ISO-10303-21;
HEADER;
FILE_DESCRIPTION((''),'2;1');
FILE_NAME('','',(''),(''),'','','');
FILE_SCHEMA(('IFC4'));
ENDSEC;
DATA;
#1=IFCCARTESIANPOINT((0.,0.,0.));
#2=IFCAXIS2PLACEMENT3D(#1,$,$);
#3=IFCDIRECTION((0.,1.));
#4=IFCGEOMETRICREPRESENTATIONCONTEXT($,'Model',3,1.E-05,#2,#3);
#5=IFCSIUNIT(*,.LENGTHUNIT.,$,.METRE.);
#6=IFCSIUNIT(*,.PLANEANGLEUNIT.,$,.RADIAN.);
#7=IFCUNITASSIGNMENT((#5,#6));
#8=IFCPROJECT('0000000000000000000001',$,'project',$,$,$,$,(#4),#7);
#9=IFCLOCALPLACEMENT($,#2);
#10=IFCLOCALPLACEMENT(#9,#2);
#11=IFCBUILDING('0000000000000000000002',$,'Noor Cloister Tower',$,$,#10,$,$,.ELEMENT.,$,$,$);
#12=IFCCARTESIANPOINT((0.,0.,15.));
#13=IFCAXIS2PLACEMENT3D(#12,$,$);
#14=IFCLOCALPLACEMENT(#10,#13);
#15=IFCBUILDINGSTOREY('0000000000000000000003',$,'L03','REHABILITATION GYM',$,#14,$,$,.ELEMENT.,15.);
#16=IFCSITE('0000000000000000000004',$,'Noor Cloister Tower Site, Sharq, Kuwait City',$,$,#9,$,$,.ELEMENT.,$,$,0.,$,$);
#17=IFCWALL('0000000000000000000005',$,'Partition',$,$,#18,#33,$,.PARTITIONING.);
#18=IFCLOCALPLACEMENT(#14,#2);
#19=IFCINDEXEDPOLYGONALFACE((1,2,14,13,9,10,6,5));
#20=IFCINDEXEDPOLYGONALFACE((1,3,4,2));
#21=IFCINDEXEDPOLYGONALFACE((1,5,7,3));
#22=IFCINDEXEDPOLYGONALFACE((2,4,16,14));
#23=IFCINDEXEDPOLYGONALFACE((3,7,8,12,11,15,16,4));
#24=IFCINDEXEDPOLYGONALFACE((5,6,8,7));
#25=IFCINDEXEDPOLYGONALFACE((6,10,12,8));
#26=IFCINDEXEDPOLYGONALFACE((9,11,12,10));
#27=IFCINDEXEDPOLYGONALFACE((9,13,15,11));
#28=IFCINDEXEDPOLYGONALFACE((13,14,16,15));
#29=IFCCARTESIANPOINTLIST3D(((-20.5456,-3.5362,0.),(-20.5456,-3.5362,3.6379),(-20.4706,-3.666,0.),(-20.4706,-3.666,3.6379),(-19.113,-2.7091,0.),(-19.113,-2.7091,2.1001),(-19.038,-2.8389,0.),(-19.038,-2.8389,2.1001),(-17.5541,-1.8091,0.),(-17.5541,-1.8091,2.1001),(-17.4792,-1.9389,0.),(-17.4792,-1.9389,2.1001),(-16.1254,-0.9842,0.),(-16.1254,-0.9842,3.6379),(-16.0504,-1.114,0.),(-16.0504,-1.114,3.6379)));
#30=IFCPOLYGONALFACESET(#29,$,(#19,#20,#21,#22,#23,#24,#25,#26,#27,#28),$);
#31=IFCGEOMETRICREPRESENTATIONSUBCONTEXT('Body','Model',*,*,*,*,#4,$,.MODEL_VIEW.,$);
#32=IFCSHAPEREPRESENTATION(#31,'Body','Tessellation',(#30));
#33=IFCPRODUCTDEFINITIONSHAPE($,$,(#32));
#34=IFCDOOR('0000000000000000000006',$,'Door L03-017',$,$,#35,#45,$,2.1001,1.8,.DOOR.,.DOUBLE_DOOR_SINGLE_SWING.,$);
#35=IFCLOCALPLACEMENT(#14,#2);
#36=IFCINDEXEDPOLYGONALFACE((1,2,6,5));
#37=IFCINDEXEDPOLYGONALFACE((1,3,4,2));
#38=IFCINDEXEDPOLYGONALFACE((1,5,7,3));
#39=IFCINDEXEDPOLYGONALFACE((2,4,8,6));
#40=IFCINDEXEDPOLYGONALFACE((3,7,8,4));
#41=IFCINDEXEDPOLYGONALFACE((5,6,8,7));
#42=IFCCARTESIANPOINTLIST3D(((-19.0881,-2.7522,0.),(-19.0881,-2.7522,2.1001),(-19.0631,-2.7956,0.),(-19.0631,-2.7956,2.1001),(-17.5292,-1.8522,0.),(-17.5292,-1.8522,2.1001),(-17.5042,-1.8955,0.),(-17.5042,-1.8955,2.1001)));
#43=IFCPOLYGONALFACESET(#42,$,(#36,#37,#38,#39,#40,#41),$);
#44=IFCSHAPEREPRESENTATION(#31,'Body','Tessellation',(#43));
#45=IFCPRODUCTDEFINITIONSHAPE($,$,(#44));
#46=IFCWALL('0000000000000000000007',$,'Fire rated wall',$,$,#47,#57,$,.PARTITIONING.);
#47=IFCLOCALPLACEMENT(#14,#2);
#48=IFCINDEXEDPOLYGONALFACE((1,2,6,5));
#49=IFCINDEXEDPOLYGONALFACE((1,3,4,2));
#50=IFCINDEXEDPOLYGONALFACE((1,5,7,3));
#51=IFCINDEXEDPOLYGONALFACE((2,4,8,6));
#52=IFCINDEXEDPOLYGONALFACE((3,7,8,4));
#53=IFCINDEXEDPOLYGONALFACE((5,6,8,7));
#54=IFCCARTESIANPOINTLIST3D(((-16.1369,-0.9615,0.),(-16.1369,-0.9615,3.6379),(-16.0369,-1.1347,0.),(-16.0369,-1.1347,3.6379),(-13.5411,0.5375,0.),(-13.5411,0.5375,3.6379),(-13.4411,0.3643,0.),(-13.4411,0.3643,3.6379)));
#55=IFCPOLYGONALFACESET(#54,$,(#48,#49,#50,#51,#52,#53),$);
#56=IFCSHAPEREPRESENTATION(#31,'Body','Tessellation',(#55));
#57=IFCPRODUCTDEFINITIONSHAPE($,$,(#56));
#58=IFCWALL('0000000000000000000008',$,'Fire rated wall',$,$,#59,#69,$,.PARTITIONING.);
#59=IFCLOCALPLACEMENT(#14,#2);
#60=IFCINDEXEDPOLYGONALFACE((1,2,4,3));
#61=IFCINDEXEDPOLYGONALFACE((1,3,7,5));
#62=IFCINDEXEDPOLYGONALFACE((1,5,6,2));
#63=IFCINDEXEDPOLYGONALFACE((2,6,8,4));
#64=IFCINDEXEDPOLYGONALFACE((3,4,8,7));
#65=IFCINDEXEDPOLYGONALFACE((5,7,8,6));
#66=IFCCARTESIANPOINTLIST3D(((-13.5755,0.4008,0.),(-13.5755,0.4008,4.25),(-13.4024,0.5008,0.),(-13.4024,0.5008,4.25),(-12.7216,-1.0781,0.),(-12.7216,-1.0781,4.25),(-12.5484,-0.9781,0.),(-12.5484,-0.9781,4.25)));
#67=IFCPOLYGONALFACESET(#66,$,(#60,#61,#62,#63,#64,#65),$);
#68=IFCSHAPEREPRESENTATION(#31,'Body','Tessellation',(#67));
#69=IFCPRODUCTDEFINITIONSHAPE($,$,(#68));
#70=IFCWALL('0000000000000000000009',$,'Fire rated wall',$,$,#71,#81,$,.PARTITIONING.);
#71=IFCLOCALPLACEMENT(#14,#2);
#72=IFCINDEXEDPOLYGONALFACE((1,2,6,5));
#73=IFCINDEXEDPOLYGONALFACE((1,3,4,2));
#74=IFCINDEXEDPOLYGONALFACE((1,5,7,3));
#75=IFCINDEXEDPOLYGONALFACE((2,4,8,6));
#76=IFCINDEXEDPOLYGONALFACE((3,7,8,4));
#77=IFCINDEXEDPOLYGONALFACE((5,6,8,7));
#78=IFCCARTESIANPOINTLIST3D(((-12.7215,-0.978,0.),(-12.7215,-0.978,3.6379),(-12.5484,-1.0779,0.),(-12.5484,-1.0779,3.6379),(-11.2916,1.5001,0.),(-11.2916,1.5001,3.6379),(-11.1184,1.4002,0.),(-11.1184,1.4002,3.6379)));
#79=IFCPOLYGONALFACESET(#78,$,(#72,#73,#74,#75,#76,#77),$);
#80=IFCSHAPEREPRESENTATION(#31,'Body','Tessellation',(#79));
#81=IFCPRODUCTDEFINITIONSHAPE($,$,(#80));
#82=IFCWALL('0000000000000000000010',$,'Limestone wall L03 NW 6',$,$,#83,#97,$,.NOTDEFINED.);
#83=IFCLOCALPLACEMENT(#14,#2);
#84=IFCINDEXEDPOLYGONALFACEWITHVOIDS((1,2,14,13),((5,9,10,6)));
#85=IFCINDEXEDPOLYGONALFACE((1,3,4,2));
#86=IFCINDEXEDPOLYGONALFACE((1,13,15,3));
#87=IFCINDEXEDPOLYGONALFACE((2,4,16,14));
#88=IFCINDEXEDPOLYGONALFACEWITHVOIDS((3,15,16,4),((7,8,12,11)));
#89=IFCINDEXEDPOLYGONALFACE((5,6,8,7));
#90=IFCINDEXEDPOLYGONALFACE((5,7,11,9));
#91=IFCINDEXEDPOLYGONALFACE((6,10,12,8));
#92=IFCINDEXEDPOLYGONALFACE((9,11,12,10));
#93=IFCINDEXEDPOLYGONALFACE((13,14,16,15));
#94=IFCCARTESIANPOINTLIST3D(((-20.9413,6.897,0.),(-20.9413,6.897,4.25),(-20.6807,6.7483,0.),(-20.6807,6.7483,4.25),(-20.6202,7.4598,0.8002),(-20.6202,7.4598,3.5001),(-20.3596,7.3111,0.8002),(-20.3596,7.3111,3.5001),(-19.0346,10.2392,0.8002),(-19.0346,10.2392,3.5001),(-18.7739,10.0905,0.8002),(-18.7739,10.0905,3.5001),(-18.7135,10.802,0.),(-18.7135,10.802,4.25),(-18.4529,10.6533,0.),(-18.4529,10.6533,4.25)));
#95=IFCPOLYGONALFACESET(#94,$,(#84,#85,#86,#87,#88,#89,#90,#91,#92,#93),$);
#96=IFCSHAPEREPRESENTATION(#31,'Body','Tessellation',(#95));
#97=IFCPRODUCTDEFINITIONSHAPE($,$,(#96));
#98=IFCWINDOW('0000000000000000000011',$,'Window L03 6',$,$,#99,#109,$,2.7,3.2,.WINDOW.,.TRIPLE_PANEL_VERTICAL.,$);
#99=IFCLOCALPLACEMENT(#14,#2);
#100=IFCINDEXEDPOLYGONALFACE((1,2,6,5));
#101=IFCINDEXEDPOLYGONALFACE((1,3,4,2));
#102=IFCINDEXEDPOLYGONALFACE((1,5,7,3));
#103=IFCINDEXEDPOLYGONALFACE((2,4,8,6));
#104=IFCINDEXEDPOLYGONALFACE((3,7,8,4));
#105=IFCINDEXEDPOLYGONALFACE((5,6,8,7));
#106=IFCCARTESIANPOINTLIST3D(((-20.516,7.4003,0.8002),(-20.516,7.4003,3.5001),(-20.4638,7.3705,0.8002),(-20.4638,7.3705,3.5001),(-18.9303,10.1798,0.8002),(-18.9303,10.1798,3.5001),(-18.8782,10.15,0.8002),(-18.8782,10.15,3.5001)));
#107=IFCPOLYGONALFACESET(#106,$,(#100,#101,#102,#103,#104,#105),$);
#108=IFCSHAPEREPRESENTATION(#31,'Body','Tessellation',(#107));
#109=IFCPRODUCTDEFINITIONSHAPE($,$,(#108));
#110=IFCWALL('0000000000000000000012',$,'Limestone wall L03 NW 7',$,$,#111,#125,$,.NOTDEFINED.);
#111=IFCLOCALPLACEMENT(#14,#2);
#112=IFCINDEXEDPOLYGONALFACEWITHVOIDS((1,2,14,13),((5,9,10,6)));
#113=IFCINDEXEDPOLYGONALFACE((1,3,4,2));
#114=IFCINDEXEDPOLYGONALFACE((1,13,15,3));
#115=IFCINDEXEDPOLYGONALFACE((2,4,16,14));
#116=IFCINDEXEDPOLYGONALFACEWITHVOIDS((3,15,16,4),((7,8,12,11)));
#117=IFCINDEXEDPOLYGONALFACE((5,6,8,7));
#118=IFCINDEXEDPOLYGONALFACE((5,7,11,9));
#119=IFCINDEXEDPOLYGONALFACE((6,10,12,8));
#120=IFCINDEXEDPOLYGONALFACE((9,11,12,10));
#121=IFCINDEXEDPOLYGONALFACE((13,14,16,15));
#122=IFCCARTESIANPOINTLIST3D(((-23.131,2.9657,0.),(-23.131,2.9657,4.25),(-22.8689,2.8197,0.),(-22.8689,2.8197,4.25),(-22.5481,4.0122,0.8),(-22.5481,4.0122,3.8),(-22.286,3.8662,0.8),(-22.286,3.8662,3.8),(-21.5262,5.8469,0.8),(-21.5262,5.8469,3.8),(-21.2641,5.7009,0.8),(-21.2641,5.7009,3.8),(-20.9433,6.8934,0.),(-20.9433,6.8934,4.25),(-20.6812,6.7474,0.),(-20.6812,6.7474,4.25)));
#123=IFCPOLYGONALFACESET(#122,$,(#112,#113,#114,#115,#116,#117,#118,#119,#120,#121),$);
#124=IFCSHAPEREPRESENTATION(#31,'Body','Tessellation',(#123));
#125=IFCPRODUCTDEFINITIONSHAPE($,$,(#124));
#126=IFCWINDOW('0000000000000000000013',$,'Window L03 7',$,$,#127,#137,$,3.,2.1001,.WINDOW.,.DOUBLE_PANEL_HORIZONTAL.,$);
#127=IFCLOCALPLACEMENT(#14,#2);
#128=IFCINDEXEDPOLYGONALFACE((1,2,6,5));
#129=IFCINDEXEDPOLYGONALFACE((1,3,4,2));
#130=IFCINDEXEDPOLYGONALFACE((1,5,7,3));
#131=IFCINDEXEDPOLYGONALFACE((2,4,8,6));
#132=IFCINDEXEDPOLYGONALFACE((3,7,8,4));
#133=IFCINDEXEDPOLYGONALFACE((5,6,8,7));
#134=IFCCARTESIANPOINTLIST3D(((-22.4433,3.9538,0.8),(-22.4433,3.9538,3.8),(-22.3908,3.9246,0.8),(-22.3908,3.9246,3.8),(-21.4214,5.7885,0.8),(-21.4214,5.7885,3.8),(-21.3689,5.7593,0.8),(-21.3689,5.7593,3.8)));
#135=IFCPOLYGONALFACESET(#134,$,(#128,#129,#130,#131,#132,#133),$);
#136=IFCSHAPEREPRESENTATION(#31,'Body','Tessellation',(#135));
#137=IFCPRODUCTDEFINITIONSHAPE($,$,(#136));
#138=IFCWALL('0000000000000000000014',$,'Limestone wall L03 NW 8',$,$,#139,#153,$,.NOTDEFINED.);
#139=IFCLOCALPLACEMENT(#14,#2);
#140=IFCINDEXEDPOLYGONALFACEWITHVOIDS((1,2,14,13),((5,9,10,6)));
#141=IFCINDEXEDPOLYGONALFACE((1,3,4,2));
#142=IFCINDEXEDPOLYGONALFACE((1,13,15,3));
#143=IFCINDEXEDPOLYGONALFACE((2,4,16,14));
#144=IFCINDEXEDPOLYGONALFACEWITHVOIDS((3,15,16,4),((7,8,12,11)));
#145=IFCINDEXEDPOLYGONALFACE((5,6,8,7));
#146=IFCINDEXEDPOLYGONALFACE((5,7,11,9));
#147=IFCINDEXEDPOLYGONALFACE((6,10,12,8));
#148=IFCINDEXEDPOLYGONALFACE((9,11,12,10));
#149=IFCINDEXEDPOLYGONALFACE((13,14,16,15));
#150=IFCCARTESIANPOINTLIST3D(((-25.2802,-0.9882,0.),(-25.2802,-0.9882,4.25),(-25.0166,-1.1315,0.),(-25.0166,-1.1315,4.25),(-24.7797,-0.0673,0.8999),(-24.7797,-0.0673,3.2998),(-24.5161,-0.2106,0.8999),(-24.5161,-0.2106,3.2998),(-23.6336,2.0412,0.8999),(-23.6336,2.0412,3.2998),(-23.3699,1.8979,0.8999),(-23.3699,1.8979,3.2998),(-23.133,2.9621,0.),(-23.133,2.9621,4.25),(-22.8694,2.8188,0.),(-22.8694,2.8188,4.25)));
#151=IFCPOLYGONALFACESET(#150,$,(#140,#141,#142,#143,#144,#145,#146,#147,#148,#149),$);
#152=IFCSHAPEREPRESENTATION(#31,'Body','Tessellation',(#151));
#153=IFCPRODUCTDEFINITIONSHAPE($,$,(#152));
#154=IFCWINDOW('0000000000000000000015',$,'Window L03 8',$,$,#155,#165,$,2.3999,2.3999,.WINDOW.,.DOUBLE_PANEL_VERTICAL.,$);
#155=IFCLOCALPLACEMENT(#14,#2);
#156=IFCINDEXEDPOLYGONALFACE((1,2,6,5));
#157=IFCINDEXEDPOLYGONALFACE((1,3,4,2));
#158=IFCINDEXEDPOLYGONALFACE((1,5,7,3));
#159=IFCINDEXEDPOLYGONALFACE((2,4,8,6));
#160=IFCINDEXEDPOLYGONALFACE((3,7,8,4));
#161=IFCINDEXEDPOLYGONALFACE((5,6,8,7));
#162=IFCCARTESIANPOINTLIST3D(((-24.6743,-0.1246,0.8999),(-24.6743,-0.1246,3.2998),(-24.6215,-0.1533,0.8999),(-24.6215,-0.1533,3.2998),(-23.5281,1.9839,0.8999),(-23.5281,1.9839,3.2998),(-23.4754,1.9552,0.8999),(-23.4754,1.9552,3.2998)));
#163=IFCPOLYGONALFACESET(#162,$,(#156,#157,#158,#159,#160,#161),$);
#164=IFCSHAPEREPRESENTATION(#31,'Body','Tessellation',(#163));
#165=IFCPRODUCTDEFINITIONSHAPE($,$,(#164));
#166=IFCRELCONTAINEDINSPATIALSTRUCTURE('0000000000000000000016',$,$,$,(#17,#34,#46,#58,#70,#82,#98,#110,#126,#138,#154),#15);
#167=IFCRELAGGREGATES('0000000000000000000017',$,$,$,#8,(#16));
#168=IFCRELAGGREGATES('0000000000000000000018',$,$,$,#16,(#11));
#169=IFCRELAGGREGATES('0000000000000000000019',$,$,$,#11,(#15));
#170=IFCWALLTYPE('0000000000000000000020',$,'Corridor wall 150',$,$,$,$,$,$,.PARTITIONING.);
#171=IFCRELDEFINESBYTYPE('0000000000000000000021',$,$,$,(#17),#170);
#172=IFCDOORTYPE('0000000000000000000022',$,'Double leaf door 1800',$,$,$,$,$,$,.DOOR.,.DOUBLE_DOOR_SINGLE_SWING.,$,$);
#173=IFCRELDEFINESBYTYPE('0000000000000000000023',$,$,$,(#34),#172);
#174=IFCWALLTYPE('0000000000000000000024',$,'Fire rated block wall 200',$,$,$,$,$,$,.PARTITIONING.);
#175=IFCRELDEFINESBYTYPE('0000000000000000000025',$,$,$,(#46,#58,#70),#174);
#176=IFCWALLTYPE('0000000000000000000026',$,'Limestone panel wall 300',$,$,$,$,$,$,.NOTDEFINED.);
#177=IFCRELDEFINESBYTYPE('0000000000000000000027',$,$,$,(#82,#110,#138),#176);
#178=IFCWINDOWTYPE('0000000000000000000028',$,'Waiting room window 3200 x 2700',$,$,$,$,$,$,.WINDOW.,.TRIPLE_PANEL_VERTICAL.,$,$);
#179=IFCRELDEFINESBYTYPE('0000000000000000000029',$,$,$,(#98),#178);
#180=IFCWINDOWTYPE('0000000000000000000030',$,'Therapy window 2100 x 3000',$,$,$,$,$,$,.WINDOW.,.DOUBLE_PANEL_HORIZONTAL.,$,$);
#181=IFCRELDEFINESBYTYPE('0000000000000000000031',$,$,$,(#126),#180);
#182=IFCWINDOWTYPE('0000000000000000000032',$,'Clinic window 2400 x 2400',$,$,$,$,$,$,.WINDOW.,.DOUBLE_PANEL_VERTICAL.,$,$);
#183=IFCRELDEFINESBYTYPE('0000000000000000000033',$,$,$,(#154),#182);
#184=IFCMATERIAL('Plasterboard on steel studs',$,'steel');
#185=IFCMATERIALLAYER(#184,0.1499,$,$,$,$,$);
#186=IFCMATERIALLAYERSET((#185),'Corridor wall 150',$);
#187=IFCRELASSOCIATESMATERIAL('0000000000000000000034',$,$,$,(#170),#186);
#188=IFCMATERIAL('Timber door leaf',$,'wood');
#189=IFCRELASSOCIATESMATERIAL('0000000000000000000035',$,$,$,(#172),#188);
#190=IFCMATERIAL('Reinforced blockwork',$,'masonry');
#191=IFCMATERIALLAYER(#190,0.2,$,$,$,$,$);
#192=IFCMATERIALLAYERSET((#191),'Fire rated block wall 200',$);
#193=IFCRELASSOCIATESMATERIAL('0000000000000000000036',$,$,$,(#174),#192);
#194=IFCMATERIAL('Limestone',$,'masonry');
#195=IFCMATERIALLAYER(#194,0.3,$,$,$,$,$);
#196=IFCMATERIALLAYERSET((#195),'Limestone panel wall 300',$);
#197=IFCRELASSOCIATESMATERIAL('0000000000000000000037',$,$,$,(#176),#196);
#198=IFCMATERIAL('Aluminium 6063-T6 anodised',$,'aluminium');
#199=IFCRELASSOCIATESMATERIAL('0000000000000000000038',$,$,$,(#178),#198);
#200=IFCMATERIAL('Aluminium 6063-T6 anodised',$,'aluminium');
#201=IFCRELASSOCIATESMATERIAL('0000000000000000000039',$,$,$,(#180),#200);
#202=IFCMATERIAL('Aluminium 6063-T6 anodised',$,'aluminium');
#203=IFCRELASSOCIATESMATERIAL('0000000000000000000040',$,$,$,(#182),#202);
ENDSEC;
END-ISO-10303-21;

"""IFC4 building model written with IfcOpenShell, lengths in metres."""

from ifc_helpers import new_model, si_unit, direction, frame, frame_2d, origin, place, context, subcontext, project, spatial, rectangle, extrude, material, layer, layer_set, type_object, element, fill, save


model = new_model("IFC4")

# Units and contexts
model_context = context("Model", 3, precision=1e-05, world=origin(), true_north=direction((0.0, 1.0)))
body_context = subcontext(model_context, "Body", "Model", "MODEL_VIEW")
ifc_project = project(units=[si_unit("LENGTHUNIT", "METRE"), si_unit("PLANEANGLEUNIT", "RADIAN")], contexts=[model_context])

# Site, building, storey
site_placement = place(None, origin())
site = spatial("IfcSite", under=ifc_project, at=site_placement, Name="Noor Cloister Tower Site, Sharq, Kuwait City", CompositionType="ELEMENT", RefElevation=0.0)
building_placement = place(site_placement, origin())
building = spatial("IfcBuilding", under=site, at=building_placement, Name="Noor Cloister Tower", CompositionType="ELEMENT")
storey_placement = place(building_placement, frame((0.0, 0.0, 15.0)))
storey = spatial("IfcBuildingStorey", under=building, at=storey_placement, Name="L03", Description="REHABILITATION GYM", CompositionType="ELEMENT", Elevation=15.0)

# Wall, opening, door
ifc_material_1 = material(Name="Plasterboard on steel studs", Category="steel")
ifc_layer_1 = layer(ifc_material_1, 0.1499)
ifc_layer_set_1 = layer_set([ifc_layer_1], Name="Corridor wall 150")
wall_type_1 = type_object("IfcWallType", Name="Corridor wall 150", PredefinedType="PARTITIONING", material=ifc_layer_set_1)
wall_1_placement = place(storey_placement, frame((-16.0879, -1.0491, 0.0), z_axis=(0.0, 0.0, 1.0), x_axis=(-0.866024, -0.500003, 0.0)))
wall_1 = element("IfcWall", 1, at=wall_1_placement, inside=storey, type_object=wall_type_1, Name="Partition", PredefinedType="PARTITIONING", context=body_context, shape_type="SweptSolid", body=[
    extrude(rectangle(XDim=5.104, YDim=0.1499, at=frame_2d((2.552, 0.0))), origin(), (0.0, 0.0, 1.0), 3.6379),
])
opening_1_placement = place(wall_1_placement, frame((1.6499, 0.0, 0.0)))
opening_1 = element("IfcOpeningElement", 2, at=opening_1_placement, cuts=wall_1, PredefinedType="OPENING", context=body_context, shape_type="SweptSolid", body=[
    extrude(rectangle(XDim=1.8, YDim=2.1001, at=frame_2d((0.8999, 1.05))), frame((0.0, 0.085, 0.0), z_axis=(0.0, -1.0, 0.0), x_axis=(1.0, 0.0, 0.0)), (0.0, 0.0, 1.0), 0.1699),
])
ifc_material_2 = material(Name="Timber door leaf", Category="wood")
door_type_1 = type_object("IfcDoorType", Name="Double leaf door 1800", OperationType="DOUBLE_DOOR_SINGLE_SWING", PredefinedType="DOOR", material=ifc_material_2)
door_1_placement = place(opening_1_placement, origin())
door_1 = element("IfcDoor", 3, at=door_1_placement, inside=storey, type_object=door_type_1, Name="Door L03-017", OperationType="DOUBLE_DOOR_SINGLE_SWING", OverallHeight=2.1001, OverallWidth=1.8, PredefinedType="DOOR", context=body_context, shape_type="SweptSolid", body=[
    extrude(rectangle(XDim=1.8, YDim=2.1001, at=frame_2d((0.8999, 1.05))), frame((0.0, 0.0249, 0.0), z_axis=(0.0, -1.0, 0.0), x_axis=(1.0, 0.0, 0.0)), (0.0, 0.0, 1.0), 0.05),
])
fill(opening_1, door_1)

# Walls
ifc_material_3 = material(Name="Reinforced blockwork", Category="masonry")
ifc_layer_2 = layer(ifc_material_3, 0.2)
ifc_layer_set_2 = layer_set([ifc_layer_2], Name="Fire rated block wall 200")
wall_type_2 = type_object("IfcWallType", Name="Fire rated block wall 200", PredefinedType="PARTITIONING", material=ifc_layer_set_2)
wall_2_placement = place(storey_placement, frame((-16.0869, -1.0481, 0.0), z_axis=(0.0, 0.0, 1.0), x_axis=(0.865989, 0.500063, 0.0)))
element("IfcWall", 4, at=wall_2_placement, inside=storey, type_object=wall_type_2, Name="Fire rated wall", PredefinedType="PARTITIONING", context=body_context, shape_type="SweptSolid", body=[
    extrude(rectangle(XDim=2.9976, YDim=0.2, at=frame_2d((1.4988, 0.0))), origin(), (0.0, 0.0, 1.0), 3.6379),
])
wall_3_placement = place(storey_placement, frame((-13.489, 0.4509, 0.0), z_axis=(0.0, 0.0, 1.0), x_axis=(0.500044, -0.866, 0.0)))
element("IfcWall", 5, at=wall_3_placement, inside=storey, type_object=wall_type_2, Name="Fire rated wall", PredefinedType="PARTITIONING", context=body_context, shape_type="SweptSolid", body=[
    extrude(rectangle(XDim=1.7078, YDim=0.2, at=frame_2d((0.854, 0.0))), origin(), (0.0, 0.0, 1.0), 4.25),
])
wall_4_placement = place(storey_placement, frame((-12.635, -1.0281, 0.0), z_axis=(0.0, 0.0, 1.0), x_axis=(0.499801, 0.86614, 0.0)))
element("IfcWall", 6, at=wall_4_placement, inside=storey, type_object=wall_type_2, Name="Fire rated wall", PredefinedType="PARTITIONING", context=body_context, shape_type="SweptSolid", body=[
    extrude(rectangle(XDim=2.8611, YDim=0.2, at=frame_2d((1.4307, 0.0))), origin(), (0.0, 0.0, 1.0), 3.6379),
])

# Walls, openings, windows
ifc_material_4 = material(Name="Limestone", Category="masonry")
ifc_layer_3 = layer(ifc_material_4, 0.3)
ifc_layer_set_3 = layer_set([ifc_layer_3], Name="Limestone panel wall 300")
wall_type_3 = type_object("IfcWallType", Name="Limestone panel wall 300", PredefinedType="NOTDEFINED", material=ifc_layer_set_3)
wall_5_placement = place(storey_placement, frame((-20.811, 6.8225, 0.0), z_axis=(0.0, 0.0, 1.0), x_axis=(0.495525, 0.868594, 0.0)))
wall_5 = element("IfcWall", 7, at=wall_5_placement, inside=storey, type_object=wall_type_3, Name="Limestone wall L03 NW 6", PredefinedType="NOTDEFINED", context=body_context, shape_type="SweptSolid", body=[
    extrude(rectangle(XDim=4.4958, YDim=0.3, at=frame_2d((2.248, 0.0))), origin(), (0.0, 0.0, 1.0), 4.25),
])
opening_2_placement = place(wall_5_placement, frame((0.6479, 0.0, 0.8)))
opening_2 = element("IfcOpeningElement", 8, at=opening_2_placement, cuts=wall_5, PredefinedType="OPENING", context=body_context, shape_type="SweptSolid", body=[
    extrude(rectangle(XDim=3.2, YDim=2.7, at=frame_2d((1.6001, 1.3501))), frame((0.0, 0.1602, 0.0), z_axis=(0.0, -1.0, 0.0), x_axis=(1.0, 0.0, 0.0)), (0.0, 0.0, 1.0), 0.3201),
])
ifc_material_5 = material(Name="Aluminium 6063-T6 anodised", Category="aluminium")
window_type_1 = type_object("IfcWindowType", Name="Waiting room window 3200 x 2700", PartitioningType="TRIPLE_PANEL_VERTICAL", PredefinedType="WINDOW", material=ifc_material_5)
window_1_placement = place(opening_2_placement, origin())
window_1 = element("IfcWindow", 9, at=window_1_placement, inside=storey, type_object=window_type_1, Name="Window L03 6", OverallHeight=2.7, OverallWidth=3.2, PartitioningType="TRIPLE_PANEL_VERTICAL", PredefinedType="WINDOW", context=body_context, shape_type="SweptSolid", body=[
    extrude(rectangle(XDim=3.2, YDim=2.7, at=frame_2d((1.6001, 1.3501))), frame((0.0, 0.03, 0.0), z_axis=(0.0, -1.0, 0.0), x_axis=(1.0, 0.0, 0.0)), (0.0, 0.0, 1.0), 0.0601),
])
fill(opening_2, window_1)
wall_6_placement = place(storey_placement, frame((-23.0, 2.8926, 0.0), z_axis=(0.0, 0.0, 1.0), x_axis=(0.486606, 0.873621, 0.0)))
wall_6 = element("IfcWall", 10, at=wall_6_placement, inside=storey, type_object=wall_type_3, Name="Limestone wall L03 NW 7", PredefinedType="NOTDEFINED", context=body_context, shape_type="SweptSolid", body=[
    extrude(rectangle(XDim=4.4958, YDim=0.3, at=frame_2d((2.248, 0.0))), origin(), (0.0, 0.0, 1.0), 4.25),
])
opening_3_placement = place(wall_6_placement, frame((1.198, 0.0, 0.8)))
opening_3 = element("IfcOpeningElement", 11, at=opening_3_placement, cuts=wall_6, PredefinedType="OPENING", context=body_context, shape_type="SweptSolid", body=[
    extrude(rectangle(XDim=2.1001, YDim=3.0, at=frame_2d((1.05, 1.5))), frame((0.0, 0.1602, 0.0), z_axis=(0.0, -1.0, 0.0), x_axis=(1.0, 0.0, 0.0)), (0.0, 0.0, 1.0), 0.3201),
])
ifc_material_6 = material(Name="Aluminium 6063-T6 anodised", Category="aluminium")
window_type_2 = type_object("IfcWindowType", Name="Therapy window 2100 x 3000", PartitioningType="DOUBLE_PANEL_HORIZONTAL", PredefinedType="WINDOW", material=ifc_material_6)
window_2_placement = place(opening_3_placement, origin())
window_2 = element("IfcWindow", 12, at=window_2_placement, inside=storey, type_object=window_type_2, Name="Window L03 7", OverallHeight=3.0, OverallWidth=2.1001, PartitioningType="DOUBLE_PANEL_HORIZONTAL", PredefinedType="WINDOW", context=body_context, shape_type="SweptSolid", body=[
    extrude(rectangle(XDim=2.1001, YDim=3.0, at=frame_2d((1.05, 1.5))), frame((0.0, 0.03, 0.0), z_axis=(0.0, -1.0, 0.0), x_axis=(1.0, 0.0, 0.0)), (0.0, 0.0, 1.0), 0.0601),
])
fill(opening_3, window_2)
wall_7_placement = place(storey_placement, frame((-25.1484, -1.0598, 0.0), z_axis=(0.0, 0.0, 1.0), x_axis=(0.477577, 0.87859, 0.0)))
wall_7 = element("IfcWall", 13, at=wall_7_placement, inside=storey, type_object=wall_type_3, Name="Limestone wall L03 NW 8", PredefinedType="NOTDEFINED", context=body_context, shape_type="SweptSolid", body=[
    extrude(rectangle(XDim=4.4961, YDim=0.3, at=frame_2d((2.248, 0.0))), origin(), (0.0, 0.0, 1.0), 4.25),
])
opening_4_placement = place(wall_7_placement, frame((1.0481, 0.0, 0.8999)))
opening_4 = element("IfcOpeningElement", 14, at=opening_4_placement, cuts=wall_7, PredefinedType="OPENING", context=body_context, shape_type="SweptSolid", body=[
    extrude(rectangle(XDim=2.3999, YDim=2.3999, at=frame_2d((1.2, 1.2))), frame((0.0, 0.1602, 0.0), z_axis=(0.0, -1.0, 0.0), x_axis=(1.0, 0.0, 0.0)), (0.0, 0.0, 1.0), 0.3201),
])
ifc_material_7 = material(Name="Aluminium 6063-T6 anodised", Category="aluminium")
window_type_3 = type_object("IfcWindowType", Name="Clinic window 2400 x 2400", PartitioningType="DOUBLE_PANEL_VERTICAL", PredefinedType="WINDOW", material=ifc_material_7)
window_3_placement = place(opening_4_placement, origin())
window_3 = element("IfcWindow", 15, at=window_3_placement, inside=storey, type_object=window_type_3, Name="Window L03 8", OverallHeight=2.3999, OverallWidth=2.3999, PartitioningType="DOUBLE_PANEL_VERTICAL", PredefinedType="WINDOW", context=body_context, shape_type="SweptSolid", body=[
    extrude(rectangle(XDim=2.3999, YDim=2.3999, at=frame_2d((1.2, 1.2))), frame((0.0, 0.03, 0.0), z_axis=(0.0, -1.0, 0.0), x_axis=(1.0, 0.0, 0.0)), (0.0, 0.0, 1.0), 0.0601),
])
fill(opening_4, window_3)

save(model, "model.ifc")
